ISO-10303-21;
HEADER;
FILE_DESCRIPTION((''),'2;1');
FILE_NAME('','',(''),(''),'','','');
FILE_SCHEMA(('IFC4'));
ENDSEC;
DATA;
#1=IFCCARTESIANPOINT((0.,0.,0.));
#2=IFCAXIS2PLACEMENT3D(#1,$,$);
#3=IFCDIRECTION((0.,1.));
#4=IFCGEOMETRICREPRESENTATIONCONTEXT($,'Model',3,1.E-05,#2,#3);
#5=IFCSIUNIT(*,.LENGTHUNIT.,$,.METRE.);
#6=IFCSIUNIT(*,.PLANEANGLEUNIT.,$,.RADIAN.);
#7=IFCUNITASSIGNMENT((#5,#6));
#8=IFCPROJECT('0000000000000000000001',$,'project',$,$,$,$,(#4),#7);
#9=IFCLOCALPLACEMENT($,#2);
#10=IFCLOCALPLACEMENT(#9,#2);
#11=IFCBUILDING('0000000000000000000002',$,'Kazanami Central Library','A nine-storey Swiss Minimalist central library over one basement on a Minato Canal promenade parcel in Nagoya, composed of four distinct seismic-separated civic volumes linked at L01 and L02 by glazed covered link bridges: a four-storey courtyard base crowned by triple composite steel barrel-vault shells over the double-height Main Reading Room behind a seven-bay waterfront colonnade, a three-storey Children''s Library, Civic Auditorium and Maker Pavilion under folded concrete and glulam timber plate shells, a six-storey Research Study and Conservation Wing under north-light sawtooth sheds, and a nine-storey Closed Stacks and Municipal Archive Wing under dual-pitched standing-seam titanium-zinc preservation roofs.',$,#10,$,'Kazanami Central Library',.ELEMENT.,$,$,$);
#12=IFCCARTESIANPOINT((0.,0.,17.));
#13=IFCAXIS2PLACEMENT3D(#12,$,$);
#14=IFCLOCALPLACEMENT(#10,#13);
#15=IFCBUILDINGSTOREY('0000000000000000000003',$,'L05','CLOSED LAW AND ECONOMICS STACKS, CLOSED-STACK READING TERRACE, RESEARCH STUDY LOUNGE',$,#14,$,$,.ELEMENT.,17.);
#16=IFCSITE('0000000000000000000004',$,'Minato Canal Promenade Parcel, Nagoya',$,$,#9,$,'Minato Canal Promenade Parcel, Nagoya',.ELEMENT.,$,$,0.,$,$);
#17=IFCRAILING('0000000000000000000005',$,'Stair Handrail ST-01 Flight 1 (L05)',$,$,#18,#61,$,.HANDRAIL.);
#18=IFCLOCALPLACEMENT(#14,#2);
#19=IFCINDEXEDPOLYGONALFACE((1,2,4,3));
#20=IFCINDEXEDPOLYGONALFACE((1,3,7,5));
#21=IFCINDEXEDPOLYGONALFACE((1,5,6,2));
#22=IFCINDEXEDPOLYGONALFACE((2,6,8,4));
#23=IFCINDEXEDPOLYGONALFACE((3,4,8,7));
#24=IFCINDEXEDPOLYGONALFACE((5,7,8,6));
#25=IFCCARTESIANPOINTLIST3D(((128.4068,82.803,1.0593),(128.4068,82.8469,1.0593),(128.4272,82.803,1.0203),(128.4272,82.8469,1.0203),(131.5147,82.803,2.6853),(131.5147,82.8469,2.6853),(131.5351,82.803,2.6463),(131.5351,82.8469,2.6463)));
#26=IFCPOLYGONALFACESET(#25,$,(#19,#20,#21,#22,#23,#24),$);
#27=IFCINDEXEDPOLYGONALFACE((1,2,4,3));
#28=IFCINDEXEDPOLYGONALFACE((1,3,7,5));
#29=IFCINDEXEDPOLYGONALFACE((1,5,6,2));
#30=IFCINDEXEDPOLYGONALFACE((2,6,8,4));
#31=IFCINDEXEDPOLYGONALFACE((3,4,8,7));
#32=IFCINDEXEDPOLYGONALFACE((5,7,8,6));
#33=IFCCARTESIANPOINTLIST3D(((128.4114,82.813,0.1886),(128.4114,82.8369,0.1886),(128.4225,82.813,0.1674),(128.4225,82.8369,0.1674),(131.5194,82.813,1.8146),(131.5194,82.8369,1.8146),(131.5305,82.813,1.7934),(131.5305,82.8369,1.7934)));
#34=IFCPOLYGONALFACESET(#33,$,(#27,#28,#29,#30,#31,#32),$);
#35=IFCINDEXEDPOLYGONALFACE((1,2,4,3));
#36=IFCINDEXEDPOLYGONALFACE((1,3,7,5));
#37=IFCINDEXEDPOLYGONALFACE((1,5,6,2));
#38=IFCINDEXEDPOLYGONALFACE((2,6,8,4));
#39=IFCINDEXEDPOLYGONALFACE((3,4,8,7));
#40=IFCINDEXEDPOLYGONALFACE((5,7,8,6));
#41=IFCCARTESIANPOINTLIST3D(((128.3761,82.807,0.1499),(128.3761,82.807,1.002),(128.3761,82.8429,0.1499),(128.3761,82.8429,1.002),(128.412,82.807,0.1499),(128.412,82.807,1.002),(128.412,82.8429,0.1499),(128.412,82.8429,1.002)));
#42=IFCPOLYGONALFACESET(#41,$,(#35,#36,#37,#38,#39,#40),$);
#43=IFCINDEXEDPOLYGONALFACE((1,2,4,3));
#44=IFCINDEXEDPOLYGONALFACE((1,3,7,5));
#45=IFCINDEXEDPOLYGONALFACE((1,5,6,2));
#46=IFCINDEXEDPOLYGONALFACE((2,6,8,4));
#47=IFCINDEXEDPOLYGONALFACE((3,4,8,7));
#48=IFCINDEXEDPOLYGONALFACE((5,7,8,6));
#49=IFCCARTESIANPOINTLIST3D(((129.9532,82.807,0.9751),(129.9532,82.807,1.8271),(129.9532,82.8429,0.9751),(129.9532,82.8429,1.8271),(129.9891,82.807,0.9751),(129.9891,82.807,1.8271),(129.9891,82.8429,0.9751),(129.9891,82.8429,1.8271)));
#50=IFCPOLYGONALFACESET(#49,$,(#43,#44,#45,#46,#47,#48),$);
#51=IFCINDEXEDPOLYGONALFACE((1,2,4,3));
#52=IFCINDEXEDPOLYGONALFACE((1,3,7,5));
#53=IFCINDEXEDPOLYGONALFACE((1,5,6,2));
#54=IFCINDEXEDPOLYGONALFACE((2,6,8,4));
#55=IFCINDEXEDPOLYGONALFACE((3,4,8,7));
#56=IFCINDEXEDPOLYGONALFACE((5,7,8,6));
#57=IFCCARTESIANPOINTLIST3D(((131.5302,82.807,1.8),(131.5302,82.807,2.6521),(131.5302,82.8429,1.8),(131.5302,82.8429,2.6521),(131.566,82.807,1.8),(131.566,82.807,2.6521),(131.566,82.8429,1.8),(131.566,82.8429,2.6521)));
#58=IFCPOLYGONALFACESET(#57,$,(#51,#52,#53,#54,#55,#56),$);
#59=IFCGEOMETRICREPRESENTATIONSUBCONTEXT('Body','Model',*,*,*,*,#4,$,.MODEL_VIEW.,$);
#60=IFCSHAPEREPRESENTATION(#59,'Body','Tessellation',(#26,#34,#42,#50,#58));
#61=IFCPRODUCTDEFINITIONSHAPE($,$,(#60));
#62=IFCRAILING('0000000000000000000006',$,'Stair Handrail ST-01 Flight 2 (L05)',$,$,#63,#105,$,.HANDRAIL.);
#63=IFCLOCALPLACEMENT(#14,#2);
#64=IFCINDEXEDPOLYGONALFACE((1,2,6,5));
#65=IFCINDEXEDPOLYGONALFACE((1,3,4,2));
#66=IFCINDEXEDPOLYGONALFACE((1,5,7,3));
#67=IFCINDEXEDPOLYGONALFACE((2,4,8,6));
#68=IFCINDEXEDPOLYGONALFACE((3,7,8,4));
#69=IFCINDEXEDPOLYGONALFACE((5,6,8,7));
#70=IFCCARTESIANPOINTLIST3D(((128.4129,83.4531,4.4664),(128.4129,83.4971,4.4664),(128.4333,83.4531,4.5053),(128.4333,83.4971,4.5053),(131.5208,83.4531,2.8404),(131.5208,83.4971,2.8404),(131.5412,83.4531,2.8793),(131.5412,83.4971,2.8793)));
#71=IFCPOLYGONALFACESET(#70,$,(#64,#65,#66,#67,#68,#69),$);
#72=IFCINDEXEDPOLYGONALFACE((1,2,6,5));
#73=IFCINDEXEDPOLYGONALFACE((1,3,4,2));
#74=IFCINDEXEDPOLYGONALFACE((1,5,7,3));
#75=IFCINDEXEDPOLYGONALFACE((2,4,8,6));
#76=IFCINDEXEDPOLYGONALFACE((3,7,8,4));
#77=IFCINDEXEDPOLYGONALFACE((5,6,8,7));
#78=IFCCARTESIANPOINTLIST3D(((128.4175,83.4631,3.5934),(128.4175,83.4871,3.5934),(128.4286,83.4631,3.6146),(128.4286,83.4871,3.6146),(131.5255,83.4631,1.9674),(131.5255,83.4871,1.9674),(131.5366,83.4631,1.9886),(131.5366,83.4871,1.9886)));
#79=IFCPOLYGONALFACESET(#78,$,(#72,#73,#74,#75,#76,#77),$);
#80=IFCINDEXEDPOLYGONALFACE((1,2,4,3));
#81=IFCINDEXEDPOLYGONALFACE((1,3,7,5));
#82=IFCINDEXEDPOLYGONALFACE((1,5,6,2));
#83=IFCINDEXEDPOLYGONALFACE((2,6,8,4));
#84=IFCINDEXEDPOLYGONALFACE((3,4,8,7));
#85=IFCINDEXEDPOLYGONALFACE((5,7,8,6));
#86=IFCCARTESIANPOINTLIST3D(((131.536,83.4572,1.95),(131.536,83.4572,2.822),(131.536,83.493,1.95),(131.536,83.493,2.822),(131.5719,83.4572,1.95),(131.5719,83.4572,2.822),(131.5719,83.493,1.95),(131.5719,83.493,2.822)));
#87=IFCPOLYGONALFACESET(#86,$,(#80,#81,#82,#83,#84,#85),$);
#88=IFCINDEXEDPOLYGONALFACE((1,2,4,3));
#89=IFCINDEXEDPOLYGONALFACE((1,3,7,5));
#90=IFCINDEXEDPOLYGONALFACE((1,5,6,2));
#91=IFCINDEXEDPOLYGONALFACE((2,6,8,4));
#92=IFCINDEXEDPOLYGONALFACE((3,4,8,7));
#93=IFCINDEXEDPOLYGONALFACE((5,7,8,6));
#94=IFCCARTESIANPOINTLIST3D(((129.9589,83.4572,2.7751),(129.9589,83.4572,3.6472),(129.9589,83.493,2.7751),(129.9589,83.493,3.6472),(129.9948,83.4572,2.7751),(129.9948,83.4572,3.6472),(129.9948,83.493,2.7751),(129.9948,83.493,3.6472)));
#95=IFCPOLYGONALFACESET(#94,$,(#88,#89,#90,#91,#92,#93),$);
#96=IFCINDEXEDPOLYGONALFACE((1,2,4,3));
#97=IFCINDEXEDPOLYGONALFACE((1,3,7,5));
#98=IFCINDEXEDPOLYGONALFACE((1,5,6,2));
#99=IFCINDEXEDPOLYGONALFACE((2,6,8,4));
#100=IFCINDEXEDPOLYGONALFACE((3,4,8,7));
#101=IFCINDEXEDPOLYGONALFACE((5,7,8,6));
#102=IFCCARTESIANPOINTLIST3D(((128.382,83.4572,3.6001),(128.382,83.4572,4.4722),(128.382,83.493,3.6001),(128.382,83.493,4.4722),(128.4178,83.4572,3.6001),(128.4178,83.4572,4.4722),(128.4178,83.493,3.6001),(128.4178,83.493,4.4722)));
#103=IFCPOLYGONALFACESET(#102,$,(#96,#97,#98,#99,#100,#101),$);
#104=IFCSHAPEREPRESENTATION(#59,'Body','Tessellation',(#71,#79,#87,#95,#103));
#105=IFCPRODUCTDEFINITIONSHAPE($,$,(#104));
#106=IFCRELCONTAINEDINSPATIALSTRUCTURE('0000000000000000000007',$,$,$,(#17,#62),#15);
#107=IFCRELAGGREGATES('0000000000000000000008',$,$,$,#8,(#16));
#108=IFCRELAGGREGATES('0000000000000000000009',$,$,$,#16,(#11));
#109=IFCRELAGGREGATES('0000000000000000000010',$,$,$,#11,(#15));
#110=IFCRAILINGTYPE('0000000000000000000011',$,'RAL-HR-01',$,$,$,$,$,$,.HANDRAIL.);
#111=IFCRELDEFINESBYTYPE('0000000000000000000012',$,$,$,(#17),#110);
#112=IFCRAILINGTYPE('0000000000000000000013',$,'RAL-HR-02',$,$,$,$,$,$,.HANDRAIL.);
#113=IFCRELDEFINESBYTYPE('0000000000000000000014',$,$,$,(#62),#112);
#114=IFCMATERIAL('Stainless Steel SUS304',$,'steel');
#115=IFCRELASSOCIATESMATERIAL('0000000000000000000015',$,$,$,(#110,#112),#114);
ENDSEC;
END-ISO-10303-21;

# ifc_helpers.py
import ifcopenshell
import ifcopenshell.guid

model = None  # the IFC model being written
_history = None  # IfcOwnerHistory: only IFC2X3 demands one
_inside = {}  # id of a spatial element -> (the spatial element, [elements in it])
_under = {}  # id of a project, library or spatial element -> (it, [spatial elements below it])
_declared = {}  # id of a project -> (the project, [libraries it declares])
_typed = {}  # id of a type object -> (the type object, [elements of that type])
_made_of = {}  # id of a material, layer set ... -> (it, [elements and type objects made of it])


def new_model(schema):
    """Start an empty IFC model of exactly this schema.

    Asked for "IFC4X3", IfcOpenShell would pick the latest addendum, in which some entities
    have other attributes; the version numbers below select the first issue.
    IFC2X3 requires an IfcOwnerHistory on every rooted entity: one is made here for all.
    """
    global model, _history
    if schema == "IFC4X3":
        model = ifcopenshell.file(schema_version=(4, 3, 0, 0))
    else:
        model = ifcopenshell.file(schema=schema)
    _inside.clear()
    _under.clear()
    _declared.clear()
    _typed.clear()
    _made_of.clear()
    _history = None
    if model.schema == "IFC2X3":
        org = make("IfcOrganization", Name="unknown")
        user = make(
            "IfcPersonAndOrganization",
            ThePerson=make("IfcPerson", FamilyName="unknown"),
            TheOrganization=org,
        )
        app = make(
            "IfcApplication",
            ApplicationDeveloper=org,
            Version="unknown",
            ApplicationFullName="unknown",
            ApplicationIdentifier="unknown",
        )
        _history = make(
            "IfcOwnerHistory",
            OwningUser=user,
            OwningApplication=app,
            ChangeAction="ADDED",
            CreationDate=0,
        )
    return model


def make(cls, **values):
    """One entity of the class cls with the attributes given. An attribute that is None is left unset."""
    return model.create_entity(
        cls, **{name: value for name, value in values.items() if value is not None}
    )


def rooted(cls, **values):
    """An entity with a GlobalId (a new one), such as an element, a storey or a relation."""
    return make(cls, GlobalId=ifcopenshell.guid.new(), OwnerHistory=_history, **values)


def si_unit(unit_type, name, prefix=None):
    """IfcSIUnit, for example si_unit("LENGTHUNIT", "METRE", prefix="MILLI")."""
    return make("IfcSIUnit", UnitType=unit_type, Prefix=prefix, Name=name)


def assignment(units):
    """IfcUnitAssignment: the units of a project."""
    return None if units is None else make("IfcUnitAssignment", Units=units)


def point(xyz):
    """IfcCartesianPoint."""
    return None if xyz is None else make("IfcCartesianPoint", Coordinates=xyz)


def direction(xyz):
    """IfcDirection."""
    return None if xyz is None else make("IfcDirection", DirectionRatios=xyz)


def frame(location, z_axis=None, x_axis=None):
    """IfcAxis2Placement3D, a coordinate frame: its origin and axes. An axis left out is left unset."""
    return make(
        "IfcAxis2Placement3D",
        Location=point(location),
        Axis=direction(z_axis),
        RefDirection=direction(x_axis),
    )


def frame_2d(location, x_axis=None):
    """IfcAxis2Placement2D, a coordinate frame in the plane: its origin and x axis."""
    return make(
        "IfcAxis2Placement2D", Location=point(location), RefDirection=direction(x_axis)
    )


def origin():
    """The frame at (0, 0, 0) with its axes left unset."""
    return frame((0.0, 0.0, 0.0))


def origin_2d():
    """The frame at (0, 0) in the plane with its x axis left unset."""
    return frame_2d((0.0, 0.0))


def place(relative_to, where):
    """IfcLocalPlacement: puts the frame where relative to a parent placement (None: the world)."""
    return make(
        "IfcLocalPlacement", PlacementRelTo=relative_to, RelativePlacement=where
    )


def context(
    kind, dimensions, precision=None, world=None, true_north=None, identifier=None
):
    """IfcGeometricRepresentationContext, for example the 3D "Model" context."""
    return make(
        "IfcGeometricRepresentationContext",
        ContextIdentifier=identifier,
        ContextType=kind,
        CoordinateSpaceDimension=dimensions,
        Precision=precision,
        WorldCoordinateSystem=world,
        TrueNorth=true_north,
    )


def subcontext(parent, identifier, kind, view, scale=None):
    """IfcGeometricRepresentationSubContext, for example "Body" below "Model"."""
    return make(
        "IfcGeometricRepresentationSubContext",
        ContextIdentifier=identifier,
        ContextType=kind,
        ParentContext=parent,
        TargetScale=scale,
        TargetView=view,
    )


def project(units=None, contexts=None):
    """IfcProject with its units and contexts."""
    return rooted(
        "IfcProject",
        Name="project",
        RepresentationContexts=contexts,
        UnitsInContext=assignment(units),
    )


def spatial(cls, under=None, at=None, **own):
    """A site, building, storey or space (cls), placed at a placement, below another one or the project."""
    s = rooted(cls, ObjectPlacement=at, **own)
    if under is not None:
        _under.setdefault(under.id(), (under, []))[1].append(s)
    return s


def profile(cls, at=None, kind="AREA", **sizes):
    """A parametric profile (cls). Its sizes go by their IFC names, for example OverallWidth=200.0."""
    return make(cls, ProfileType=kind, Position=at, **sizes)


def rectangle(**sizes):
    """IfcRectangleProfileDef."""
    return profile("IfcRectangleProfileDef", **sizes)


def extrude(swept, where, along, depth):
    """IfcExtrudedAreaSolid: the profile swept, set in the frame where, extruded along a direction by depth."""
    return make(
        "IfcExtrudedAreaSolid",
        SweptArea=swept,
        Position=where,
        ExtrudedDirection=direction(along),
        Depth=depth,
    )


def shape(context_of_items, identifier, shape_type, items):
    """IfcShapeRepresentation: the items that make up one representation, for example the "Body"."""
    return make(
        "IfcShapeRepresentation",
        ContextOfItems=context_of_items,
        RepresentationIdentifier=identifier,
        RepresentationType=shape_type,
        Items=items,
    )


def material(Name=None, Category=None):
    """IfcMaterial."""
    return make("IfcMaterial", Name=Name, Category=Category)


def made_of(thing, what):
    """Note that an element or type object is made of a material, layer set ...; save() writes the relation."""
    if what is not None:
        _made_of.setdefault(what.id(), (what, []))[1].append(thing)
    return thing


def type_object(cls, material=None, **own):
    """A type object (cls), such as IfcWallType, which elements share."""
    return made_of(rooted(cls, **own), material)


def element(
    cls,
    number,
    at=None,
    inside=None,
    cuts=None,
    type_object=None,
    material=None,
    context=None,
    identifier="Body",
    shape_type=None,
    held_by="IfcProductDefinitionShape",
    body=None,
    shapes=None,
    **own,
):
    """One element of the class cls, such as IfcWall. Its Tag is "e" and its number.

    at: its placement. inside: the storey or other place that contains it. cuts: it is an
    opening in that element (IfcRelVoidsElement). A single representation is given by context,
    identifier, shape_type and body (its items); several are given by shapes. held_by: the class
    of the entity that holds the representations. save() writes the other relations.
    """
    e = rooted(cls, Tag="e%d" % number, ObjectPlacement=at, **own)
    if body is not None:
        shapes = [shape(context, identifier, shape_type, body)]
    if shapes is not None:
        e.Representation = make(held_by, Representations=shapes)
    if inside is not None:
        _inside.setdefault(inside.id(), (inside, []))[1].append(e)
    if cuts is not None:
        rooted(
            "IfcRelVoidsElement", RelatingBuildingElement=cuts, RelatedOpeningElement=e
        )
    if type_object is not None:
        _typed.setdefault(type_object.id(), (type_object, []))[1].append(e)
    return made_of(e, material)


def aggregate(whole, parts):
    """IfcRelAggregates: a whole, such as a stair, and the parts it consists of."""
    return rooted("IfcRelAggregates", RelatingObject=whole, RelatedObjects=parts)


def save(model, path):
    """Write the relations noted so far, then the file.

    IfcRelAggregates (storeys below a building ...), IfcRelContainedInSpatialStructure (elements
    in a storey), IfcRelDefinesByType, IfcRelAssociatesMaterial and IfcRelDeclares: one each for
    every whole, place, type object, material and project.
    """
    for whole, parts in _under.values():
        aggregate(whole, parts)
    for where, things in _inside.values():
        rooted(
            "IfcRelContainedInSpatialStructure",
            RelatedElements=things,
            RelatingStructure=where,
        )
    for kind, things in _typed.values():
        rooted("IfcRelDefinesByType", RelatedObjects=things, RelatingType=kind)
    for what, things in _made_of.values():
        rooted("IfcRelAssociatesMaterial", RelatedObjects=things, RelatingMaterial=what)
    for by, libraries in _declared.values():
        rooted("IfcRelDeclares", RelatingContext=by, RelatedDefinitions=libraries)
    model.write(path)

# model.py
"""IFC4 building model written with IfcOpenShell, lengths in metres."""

from ifc_helpers import new_model, si_unit, direction, frame, origin, origin_2d, place, context, subcontext, project, spatial, rectangle, extrude, material, type_object, element, save


model = new_model("IFC4")

# Units and contexts
model_context = context("Model", 3, precision=1e-05, world=origin(), true_north=direction((0.0, 1.0)))
body_context = subcontext(model_context, "Body", "Model", "MODEL_VIEW")
ifc_project = project(units=[si_unit("LENGTHUNIT", "METRE"), si_unit("PLANEANGLEUNIT", "RADIAN")], contexts=[model_context])

# Site, building, storey
site_placement = place(None, origin())
site = spatial("IfcSite", under=ifc_project, at=site_placement, Name="Minato Canal Promenade Parcel, Nagoya", LongName="Minato Canal Promenade Parcel, Nagoya", CompositionType="ELEMENT", RefElevation=0.0)
building_placement = place(site_placement, origin())
building = spatial("IfcBuilding", under=site, at=building_placement, Name="Kazanami Central Library", Description="A nine-storey Swiss Minimalist central library over one basement on a Minato Canal promenade parcel in Nagoya, composed of four distinct seismic-separated civic volumes linked at L01 and L02 by glazed covered link bridges: a four-storey courtyard base crowned by triple composite steel barrel-vault shells over the double-height Main Reading Room behind a seven-bay waterfront colonnade, a three-storey Children's Library, Civic Auditorium and Maker Pavilion under folded concrete and glulam timber plate shells, a six-storey Research Study and Conservation Wing under north-light sawtooth sheds, and a nine-storey Closed Stacks and Municipal Archive Wing under dual-pitched standing-seam titanium-zinc preservation roofs.", LongName="Kazanami Central Library", CompositionType="ELEMENT")
storey_placement = place(building_placement, frame((0.0, 0.0, 17.0)))
storey = spatial("IfcBuildingStorey", under=building, at=storey_placement, Name="L05", Description="CLOSED LAW AND ECONOMICS STACKS, CLOSED-STACK READING TERRACE, RESEARCH STUDY LOUNGE", CompositionType="ELEMENT", Elevation=17.0)

# Railings
ifc_material_1 = material(Name="Stainless Steel SUS304", Category="steel")
railing_type_1 = type_object("IfcRailingType", Name="RAL-HR-01", PredefinedType="HANDRAIL", material=ifc_material_1)
railing_1_placement = place(storey_placement, frame((128.394, 82.825, 0.1499)))
element("IfcRailing", 1, at=railing_1_placement, inside=storey, type_object=railing_type_1, Name="Stair Handrail ST-01 Flight 1 (L05)", PredefinedType="HANDRAIL", context=body_context, shape_type="SweptSolid", body=[
    extrude(rectangle(XDim=0.0439, YDim=0.0439, at=origin_2d()), frame((0.0229, 0.0, 0.8899), z_axis=(0.88606, 0.0, 0.463571), x_axis=(0.0, 1.0, 0.0)), (0.0, 0.0, 1.0), 3.5076),
    extrude(rectangle(XDim=0.0239, YDim=0.0239, at=origin_2d()), frame((0.0229, 0.0, 0.0281), z_axis=(0.88606, 0.0, 0.463571), x_axis=(0.0, 1.0, 0.0)), (0.0, 0.0, 1.0), 3.5076),
    extrude(rectangle(XDim=0.0359, YDim=0.0359, at=origin_2d()), origin(), (0.0, 0.0, 1.0), 0.8521),
    extrude(rectangle(XDim=0.0359, YDim=0.0359, at=origin_2d()), frame((1.5771, 0.0, 0.8252)), (0.0, 0.0, 1.0), 0.8521),
    extrude(rectangle(XDim=0.0359, YDim=0.0359, at=origin_2d()), frame((3.1541, 0.0, 1.6501)), (0.0, 0.0, 1.0), 0.8521),
])
railing_type_2 = type_object("IfcRailingType", Name="RAL-HR-02", PredefinedType="HANDRAIL", material=ifc_material_1)
railing_2_placement = place(storey_placement, frame((131.554, 83.4751, 1.95)))
element("IfcRailing", 2, at=railing_2_placement, inside=storey, type_object=railing_type_2, Name="Stair Handrail ST-01 Flight 2 (L05)", PredefinedType="HANDRAIL", context=body_context, shape_type="SweptSolid", body=[
    extrude(rectangle(XDim=0.0439, YDim=0.0439, at=origin_2d()), frame((-0.0229, 0.0, 0.9099), z_axis=(-0.88606, 0.0, 0.463571), x_axis=(0.0, -1.0, 0.0)), (0.0, 0.0, 1.0), 3.5076),
    extrude(rectangle(XDim=0.0239, YDim=0.0239, at=origin_2d()), frame((-0.0229, 0.0, 0.0281), z_axis=(-0.88606, 0.0, 0.463571), x_axis=(0.0, -1.0, 0.0)), (0.0, 0.0, 1.0), 3.5076),
    extrude(rectangle(XDim=0.0359, YDim=0.0359, at=origin_2d()), origin(), (0.0, 0.0, 1.0), 0.8721),
    extrude(rectangle(XDim=0.0359, YDim=0.0359, at=origin_2d()), frame((-1.5771, 0.0, 0.8252)), (0.0, 0.0, 1.0), 0.8721),
    extrude(rectangle(XDim=0.0359, YDim=0.0359, at=origin_2d()), frame((-3.1541, 0.0, 1.6501)), (0.0, 0.0, 1.0), 0.8721),
])

save(model, "model.ifc")
